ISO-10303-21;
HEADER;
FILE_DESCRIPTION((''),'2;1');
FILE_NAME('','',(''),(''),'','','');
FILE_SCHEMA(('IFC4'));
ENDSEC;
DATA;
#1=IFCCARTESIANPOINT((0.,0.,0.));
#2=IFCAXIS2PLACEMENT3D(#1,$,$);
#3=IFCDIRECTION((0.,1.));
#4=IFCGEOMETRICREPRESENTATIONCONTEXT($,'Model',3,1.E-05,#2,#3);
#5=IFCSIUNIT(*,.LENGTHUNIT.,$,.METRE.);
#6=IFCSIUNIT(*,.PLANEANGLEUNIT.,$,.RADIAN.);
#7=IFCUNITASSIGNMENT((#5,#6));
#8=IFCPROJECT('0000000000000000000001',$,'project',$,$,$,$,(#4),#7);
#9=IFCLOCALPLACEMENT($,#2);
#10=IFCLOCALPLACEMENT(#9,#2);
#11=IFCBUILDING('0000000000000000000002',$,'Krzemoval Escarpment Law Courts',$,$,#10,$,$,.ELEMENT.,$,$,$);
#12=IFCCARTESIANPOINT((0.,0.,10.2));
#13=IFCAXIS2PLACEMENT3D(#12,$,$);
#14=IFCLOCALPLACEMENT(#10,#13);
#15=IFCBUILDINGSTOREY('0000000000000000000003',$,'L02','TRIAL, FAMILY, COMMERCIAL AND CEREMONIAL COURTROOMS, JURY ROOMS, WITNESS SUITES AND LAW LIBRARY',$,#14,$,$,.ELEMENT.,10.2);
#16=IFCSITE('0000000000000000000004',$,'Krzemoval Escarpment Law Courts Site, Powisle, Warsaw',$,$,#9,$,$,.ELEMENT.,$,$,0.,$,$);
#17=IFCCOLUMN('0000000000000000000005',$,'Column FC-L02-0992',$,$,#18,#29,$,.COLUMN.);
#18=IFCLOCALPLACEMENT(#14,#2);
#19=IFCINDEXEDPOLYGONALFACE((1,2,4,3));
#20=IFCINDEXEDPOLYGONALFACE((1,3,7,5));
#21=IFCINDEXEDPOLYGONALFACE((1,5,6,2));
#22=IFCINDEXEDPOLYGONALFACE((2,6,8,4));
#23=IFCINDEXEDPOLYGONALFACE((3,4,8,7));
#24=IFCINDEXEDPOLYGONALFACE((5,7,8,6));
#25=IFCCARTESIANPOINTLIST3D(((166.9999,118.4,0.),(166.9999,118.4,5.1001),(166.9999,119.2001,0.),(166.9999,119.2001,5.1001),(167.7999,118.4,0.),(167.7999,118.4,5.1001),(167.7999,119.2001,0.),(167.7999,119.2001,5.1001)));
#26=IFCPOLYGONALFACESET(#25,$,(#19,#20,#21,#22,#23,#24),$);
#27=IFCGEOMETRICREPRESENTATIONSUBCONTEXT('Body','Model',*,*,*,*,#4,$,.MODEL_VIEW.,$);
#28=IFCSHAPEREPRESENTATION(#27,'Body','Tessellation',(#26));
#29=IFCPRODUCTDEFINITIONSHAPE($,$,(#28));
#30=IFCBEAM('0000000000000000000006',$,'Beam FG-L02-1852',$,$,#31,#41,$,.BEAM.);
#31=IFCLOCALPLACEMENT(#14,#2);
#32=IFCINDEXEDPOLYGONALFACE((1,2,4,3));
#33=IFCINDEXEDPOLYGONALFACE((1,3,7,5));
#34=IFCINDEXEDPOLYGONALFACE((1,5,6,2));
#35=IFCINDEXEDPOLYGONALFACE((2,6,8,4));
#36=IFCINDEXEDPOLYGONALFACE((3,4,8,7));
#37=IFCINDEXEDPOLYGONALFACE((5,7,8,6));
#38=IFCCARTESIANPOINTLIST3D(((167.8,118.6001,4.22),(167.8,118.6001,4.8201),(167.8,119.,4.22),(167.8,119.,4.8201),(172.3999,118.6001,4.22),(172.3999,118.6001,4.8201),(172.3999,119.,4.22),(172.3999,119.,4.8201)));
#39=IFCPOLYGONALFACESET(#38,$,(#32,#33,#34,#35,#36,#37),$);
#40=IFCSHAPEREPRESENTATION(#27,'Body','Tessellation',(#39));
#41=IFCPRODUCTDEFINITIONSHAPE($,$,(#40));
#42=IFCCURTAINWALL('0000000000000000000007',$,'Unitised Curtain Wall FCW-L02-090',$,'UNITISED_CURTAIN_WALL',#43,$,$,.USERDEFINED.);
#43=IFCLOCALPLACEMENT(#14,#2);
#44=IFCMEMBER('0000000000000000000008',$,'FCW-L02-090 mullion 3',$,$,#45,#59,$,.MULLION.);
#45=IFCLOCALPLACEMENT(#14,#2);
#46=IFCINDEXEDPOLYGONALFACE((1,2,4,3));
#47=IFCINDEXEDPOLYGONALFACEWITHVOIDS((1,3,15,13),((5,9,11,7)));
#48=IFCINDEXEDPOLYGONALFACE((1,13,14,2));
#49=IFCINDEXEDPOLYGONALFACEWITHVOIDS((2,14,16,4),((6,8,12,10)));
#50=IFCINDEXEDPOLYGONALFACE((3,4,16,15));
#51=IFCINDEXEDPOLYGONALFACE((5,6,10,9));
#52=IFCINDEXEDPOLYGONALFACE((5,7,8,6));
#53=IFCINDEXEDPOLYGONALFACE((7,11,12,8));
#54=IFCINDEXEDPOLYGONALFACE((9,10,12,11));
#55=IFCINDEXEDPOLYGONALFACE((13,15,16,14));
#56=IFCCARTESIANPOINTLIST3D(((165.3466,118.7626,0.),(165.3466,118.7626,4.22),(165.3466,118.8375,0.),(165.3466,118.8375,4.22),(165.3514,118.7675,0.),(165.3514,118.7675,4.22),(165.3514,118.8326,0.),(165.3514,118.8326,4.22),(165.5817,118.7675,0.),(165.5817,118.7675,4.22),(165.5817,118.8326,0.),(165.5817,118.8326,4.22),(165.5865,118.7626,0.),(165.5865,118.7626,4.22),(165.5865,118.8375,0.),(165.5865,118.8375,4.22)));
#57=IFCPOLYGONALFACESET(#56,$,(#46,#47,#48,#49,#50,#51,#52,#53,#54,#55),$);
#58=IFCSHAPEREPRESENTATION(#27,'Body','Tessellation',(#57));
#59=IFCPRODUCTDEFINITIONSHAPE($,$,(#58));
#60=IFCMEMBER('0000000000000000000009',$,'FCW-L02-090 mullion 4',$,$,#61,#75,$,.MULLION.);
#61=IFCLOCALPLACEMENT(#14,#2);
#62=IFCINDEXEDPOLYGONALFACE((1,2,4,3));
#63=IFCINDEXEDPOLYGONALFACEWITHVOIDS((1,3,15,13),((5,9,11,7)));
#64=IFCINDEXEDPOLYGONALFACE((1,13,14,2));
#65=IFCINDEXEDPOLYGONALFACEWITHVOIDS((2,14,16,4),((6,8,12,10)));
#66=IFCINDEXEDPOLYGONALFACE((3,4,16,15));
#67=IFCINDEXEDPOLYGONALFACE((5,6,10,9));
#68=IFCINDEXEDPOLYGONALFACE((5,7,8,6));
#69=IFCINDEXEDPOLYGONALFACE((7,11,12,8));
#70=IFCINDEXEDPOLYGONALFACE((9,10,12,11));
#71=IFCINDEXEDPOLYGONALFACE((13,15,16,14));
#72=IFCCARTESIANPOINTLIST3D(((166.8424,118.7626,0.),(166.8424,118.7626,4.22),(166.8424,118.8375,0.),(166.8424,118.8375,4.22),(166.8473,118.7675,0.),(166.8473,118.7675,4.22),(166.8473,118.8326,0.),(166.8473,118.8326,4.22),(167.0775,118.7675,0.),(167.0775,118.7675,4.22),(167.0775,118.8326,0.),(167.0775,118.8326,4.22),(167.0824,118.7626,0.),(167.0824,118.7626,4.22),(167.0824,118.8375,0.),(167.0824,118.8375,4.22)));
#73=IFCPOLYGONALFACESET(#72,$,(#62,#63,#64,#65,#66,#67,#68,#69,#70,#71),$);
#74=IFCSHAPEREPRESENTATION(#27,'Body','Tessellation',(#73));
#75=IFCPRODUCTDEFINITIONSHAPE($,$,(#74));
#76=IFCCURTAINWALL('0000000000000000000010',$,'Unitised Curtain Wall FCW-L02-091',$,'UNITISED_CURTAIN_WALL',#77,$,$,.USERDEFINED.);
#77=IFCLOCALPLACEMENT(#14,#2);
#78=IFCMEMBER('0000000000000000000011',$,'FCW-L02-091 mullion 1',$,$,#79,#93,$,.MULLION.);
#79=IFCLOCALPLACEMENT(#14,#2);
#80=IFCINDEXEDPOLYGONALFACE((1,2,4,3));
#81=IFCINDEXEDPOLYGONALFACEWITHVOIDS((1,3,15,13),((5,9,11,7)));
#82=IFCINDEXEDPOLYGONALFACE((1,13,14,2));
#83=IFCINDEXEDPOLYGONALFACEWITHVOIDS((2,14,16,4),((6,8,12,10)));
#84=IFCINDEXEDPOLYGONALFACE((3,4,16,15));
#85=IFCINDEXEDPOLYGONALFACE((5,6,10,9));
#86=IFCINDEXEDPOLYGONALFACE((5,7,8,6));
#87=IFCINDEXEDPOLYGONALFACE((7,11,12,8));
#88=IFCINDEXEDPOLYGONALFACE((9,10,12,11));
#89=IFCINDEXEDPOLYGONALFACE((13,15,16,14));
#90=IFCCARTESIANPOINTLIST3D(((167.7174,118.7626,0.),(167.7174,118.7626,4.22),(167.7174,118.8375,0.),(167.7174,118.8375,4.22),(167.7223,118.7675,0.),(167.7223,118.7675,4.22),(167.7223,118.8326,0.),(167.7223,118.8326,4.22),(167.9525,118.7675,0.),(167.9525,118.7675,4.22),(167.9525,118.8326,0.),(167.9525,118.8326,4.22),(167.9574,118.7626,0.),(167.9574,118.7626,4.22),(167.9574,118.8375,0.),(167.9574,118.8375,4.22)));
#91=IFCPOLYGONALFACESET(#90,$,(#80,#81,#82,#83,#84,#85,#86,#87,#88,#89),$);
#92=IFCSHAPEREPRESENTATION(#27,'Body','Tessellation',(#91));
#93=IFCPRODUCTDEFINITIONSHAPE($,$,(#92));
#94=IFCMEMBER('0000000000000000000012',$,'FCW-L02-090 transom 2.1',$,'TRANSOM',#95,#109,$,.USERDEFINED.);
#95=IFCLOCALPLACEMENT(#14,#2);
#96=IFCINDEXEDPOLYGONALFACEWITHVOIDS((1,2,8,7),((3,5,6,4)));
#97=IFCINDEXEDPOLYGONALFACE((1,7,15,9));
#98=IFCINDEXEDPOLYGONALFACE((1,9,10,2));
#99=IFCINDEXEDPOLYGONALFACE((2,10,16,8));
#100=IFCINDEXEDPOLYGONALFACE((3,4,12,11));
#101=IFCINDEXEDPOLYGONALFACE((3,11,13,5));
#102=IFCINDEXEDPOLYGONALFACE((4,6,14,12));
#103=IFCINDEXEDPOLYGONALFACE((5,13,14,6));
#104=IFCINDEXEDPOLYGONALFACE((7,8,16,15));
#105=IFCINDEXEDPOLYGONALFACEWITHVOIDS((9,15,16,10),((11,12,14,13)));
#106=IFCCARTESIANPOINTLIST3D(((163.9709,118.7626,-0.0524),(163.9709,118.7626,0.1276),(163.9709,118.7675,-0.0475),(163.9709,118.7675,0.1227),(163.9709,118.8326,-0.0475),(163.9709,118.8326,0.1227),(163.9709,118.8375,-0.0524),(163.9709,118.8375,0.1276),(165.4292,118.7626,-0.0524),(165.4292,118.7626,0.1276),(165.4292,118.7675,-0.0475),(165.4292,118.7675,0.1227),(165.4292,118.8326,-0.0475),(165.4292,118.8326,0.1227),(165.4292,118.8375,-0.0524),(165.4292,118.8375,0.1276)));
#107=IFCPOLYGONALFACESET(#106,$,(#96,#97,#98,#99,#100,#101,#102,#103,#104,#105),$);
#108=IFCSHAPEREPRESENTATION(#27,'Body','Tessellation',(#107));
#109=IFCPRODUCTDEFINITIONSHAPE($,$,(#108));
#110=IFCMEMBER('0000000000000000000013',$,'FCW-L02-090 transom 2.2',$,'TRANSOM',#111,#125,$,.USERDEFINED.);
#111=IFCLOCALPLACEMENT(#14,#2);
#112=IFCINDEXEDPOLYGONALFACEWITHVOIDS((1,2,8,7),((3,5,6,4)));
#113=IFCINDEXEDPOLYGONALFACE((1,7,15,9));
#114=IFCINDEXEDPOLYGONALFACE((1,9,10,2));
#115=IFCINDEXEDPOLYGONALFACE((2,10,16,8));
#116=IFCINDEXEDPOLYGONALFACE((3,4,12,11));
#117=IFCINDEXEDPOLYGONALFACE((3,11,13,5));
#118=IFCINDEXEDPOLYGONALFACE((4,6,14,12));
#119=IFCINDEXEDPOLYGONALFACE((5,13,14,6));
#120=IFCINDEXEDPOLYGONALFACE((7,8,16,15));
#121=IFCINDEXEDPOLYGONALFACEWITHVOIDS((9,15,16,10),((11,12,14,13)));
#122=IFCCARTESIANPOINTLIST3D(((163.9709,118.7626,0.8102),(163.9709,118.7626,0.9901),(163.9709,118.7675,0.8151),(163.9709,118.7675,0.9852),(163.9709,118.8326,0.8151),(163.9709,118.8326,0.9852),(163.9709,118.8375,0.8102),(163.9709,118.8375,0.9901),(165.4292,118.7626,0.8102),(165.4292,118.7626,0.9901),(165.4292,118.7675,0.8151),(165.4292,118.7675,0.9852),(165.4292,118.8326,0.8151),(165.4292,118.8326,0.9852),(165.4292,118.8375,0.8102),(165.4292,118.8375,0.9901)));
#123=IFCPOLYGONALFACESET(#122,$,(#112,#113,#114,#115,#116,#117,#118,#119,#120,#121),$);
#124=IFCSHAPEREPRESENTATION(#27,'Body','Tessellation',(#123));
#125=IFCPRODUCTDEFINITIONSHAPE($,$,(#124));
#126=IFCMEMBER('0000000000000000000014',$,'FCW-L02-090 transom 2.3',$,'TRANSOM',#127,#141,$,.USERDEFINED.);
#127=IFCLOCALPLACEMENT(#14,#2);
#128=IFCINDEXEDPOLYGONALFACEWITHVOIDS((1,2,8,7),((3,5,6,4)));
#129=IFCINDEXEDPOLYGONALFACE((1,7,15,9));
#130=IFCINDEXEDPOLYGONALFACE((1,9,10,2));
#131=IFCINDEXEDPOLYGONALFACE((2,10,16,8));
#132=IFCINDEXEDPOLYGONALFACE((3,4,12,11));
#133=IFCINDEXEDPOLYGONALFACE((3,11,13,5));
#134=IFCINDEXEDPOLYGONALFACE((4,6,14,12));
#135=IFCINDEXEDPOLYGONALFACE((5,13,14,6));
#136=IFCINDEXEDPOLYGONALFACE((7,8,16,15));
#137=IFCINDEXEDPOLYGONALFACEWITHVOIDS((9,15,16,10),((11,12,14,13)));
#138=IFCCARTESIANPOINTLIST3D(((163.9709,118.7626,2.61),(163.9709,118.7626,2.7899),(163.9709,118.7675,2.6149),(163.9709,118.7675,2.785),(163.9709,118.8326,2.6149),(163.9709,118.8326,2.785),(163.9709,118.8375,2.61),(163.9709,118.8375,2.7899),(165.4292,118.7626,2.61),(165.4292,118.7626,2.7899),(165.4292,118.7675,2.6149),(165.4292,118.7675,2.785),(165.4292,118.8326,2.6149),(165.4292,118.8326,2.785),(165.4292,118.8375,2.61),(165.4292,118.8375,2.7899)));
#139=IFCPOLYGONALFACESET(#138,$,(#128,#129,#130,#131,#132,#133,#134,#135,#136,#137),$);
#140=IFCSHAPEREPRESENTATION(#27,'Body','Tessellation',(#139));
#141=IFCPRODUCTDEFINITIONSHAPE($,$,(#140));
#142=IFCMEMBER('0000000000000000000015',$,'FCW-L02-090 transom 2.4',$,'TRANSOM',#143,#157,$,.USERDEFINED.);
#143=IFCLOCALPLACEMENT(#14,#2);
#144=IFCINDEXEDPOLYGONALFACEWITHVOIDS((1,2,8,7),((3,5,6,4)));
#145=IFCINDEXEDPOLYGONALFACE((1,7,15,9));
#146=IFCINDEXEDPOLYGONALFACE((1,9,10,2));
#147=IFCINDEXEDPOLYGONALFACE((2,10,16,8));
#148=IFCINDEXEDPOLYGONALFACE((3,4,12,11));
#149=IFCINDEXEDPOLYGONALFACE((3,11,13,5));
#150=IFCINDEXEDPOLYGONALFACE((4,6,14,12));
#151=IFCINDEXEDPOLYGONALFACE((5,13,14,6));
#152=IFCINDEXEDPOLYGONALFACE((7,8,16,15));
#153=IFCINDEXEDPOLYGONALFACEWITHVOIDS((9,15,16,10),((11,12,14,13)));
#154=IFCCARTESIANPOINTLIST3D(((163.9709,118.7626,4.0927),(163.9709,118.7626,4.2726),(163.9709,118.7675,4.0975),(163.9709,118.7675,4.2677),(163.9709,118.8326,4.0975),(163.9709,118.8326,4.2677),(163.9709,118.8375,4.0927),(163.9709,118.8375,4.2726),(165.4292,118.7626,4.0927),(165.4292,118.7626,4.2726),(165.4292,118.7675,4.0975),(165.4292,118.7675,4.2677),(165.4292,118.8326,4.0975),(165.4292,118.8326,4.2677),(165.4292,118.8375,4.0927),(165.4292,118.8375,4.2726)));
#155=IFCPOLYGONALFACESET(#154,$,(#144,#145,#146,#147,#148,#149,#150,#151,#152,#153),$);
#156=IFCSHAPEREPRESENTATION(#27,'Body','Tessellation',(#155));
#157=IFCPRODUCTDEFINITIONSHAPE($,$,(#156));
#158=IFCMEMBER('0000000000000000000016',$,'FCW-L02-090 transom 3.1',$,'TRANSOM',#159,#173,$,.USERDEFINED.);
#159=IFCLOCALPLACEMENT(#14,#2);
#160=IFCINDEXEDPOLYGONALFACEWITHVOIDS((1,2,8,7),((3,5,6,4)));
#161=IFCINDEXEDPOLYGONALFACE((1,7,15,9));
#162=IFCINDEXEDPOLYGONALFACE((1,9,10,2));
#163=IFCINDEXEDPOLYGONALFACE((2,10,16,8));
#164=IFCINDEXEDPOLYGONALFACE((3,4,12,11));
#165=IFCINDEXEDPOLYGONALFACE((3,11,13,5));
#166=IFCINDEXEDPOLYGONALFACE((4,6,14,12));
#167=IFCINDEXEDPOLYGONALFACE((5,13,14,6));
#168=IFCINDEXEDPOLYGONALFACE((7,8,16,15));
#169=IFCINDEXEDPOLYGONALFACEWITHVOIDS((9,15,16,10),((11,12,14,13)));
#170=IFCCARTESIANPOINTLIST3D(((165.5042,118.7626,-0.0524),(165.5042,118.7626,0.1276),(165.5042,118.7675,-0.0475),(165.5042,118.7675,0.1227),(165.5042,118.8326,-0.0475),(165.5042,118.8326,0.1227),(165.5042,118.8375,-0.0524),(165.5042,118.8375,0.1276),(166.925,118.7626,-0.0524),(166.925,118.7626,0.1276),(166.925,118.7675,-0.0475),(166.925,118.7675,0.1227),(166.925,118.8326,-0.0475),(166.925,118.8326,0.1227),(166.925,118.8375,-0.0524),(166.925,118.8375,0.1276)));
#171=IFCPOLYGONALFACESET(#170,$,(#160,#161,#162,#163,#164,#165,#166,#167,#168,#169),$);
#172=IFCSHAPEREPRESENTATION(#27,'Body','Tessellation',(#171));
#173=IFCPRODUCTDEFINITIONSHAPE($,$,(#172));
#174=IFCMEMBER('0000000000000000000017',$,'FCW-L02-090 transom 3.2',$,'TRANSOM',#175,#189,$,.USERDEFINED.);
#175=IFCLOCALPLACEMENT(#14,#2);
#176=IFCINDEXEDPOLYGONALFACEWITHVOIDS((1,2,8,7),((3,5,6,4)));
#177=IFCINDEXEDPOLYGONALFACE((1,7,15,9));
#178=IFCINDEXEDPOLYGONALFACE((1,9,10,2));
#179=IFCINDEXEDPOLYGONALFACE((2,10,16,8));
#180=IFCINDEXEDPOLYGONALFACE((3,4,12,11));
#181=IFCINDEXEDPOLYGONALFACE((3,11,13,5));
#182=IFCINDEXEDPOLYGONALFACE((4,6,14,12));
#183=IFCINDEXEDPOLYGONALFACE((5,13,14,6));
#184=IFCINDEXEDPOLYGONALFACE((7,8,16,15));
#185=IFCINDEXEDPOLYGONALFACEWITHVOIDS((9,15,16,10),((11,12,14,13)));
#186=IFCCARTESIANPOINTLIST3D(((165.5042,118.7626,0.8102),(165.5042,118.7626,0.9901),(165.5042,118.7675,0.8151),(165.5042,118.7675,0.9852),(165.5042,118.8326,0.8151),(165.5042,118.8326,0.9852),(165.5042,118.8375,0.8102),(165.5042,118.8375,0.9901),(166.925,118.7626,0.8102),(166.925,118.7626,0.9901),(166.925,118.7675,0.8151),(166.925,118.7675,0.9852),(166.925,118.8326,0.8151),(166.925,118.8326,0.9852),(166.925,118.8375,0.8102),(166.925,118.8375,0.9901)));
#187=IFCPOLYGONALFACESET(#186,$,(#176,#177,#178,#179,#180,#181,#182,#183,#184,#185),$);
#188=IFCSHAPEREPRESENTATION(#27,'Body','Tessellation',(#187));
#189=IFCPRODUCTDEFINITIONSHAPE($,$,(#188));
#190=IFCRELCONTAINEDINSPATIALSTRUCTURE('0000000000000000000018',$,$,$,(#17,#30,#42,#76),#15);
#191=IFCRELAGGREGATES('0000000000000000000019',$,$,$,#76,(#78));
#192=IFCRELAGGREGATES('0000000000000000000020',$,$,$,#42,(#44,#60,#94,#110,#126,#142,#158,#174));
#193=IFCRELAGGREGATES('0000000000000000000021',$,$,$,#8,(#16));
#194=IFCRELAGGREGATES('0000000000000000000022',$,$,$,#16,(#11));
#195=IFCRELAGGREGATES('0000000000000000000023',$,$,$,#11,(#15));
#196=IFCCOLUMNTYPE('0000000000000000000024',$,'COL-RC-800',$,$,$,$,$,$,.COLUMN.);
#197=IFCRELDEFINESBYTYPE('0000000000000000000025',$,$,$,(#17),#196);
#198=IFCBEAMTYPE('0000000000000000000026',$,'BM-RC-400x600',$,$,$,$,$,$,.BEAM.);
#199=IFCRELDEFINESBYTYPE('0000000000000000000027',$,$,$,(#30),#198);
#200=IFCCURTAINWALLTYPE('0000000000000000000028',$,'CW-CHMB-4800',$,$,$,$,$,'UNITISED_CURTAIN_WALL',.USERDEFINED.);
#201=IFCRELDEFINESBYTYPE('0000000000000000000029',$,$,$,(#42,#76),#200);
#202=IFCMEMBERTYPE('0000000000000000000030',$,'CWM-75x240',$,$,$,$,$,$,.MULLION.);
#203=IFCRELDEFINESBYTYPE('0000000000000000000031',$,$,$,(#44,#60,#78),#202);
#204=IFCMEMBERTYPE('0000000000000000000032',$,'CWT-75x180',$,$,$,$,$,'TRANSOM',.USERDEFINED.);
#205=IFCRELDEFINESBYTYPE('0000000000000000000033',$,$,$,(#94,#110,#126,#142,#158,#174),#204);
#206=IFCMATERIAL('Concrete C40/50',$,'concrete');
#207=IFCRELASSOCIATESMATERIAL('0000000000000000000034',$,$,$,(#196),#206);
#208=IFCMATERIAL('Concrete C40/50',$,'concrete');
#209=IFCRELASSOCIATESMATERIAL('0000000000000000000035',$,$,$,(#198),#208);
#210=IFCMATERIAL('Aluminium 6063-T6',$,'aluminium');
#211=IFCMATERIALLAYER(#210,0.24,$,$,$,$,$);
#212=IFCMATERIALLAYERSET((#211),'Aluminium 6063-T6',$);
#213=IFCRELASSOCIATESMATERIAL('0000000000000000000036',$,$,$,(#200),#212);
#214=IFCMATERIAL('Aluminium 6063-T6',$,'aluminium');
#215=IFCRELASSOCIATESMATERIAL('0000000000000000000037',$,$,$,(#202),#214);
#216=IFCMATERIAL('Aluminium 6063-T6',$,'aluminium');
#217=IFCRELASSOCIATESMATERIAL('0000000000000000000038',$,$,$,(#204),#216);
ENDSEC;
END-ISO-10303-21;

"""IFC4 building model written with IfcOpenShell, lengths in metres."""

from ifc_helpers import new_model, si_unit, direction, frame, origin, origin_2d, place, context, subcontext, project, spatial, rectangle, hollow_rectangle, extrude, material, layer, layer_set, material_profile, profile_set, type_object, element, aggregate, save


model = new_model("IFC4")

# Units and contexts
model_context = context("Model", 3, precision=1e-05, world=origin(), true_north=direction((0.0, 1.0)))
body_context = subcontext(model_context, "Body", "Model", "MODEL_VIEW")
ifc_project = project(units=[si_unit("LENGTHUNIT", "METRE"), si_unit("PLANEANGLEUNIT", "RADIAN")], contexts=[model_context])

# Site, building, storey
site_placement = place(None, origin())
site = spatial("IfcSite", under=ifc_project, at=site_placement, Name="Krzemoval Escarpment Law Courts Site, Powisle, Warsaw", CompositionType="ELEMENT", RefElevation=0.0)
building_placement = place(site_placement, origin())
building = spatial("IfcBuilding", under=site, at=building_placement, Name="Krzemoval Escarpment Law Courts", CompositionType="ELEMENT")
storey_placement = place(building_placement, frame((0.0, 0.0, 10.2)))
storey = spatial("IfcBuildingStorey", under=building, at=storey_placement, Name="L02", Description="TRIAL, FAMILY, COMMERCIAL AND CEREMONIAL COURTROOMS, JURY ROOMS, WITNESS SUITES AND LAW LIBRARY", CompositionType="ELEMENT", Elevation=10.2)

# Column
ifc_material_1 = material(Name="Concrete C40/50", Category="concrete")
ifc_material_profile_1 = material_profile(ifc_material_1, rectangle(XDim=0.8, YDim=0.8, at=origin_2d()), Name="RC 800x800")
ifc_profile_set_1 = profile_set([ifc_material_profile_1], Name="Concrete C40/50")
column_type = type_object("IfcColumnType", Name="COL-RC-800", PredefinedType="COLUMN", material=ifc_profile_set_1)
column_placement = place(storey_placement, frame((167.3999, 118.8, 0.0), z_axis=(0.0, 0.0, 1.0), x_axis=(1.0, 0.0, 0.0)))
element("IfcColumn", 1, at=column_placement, inside=storey, type_object=column_type, Name="Column FC-L02-0992", PredefinedType="COLUMN", context=body_context, shape_type="SweptSolid", body=[
    extrude(rectangle(XDim=0.8, YDim=0.8, at=origin_2d()), origin(), (0.0, 0.0, 1.0), 5.1001),
])

# Beam
ifc_material_2 = material(Name="Concrete C40/50", Category="concrete")
ifc_material_profile_2 = material_profile(ifc_material_2, rectangle(XDim=0.3999, YDim=0.6001, at=origin_2d()), Name="RCB 400x600")
ifc_profile_set_2 = profile_set([ifc_material_profile_2], Name="Concrete C40/50")
beam_type = type_object("IfcBeamType", Name="BM-RC-400x600", PredefinedType="BEAM", material=ifc_profile_set_2)
beam_placement = place(storey_placement, frame((167.8, 118.8, 4.52), z_axis=(1.0, 0.0, 0.0), x_axis=(0.0, 1.0, 0.0)))
element("IfcBeam", 2, at=beam_placement, inside=storey, type_object=beam_type, Name="Beam FG-L02-1852", PredefinedType="BEAM", context=body_context, shape_type="SweptSolid", body=[
    extrude(rectangle(XDim=0.3999, YDim=0.6001, at=origin_2d()), origin(), (0.0, 0.0, 1.0), 4.5999),
])

# Curtain wall, members
ifc_material_3 = material(Name="Aluminium 6063-T6", Category="aluminium")
ifc_layer_1 = layer(ifc_material_3, 0.24)
ifc_layer_set_1 = layer_set([ifc_layer_1], Name="Aluminium 6063-T6")
curtain_wall_type = type_object("IfcCurtainWallType", Name="CW-CHMB-4800", ElementType="UNITISED_CURTAIN_WALL", PredefinedType="USERDEFINED", material=ifc_layer_set_1)
curtain_wall_1_placement = place(storey_placement, origin())
curtain_wall_1 = element("IfcCurtainWall", 3, at=curtain_wall_1_placement, inside=storey, type_object=curtain_wall_type, Name="Unitised Curtain Wall FCW-L02-090", ObjectType="UNITISED_CURTAIN_WALL", PredefinedType="USERDEFINED")
ifc_material_4 = material(Name="Aluminium 6063-T6", Category="aluminium")
ifc_material_profile_3 = material_profile(ifc_material_4, hollow_rectangle(XDim=0.075, YDim=0.24, WallThickness=0.0049, at=origin_2d()), Name="ALU M75x240")
ifc_profile_set_3 = profile_set([ifc_material_profile_3], Name="Aluminium 6063-T6")
member_type_1 = type_object("IfcMemberType", Name="CWM-75x240", PredefinedType="MULLION", material=ifc_profile_set_3)
member_1_placement = place(storey_placement, frame((165.4666, 118.8, 0.0), z_axis=(0.0, 0.0, 1.0), x_axis=(0.0, 1.0, 0.0)))
member_1 = element("IfcMember", 4, at=member_1_placement, type_object=member_type_1, Name="FCW-L02-090 mullion 3", PredefinedType="MULLION", context=body_context, shape_type="SweptSolid", body=[
    extrude(hollow_rectangle(XDim=0.075, YDim=0.24, WallThickness=0.0049, at=origin_2d()), origin(), (0.0, 0.0, 1.0), 4.22),
])
member_2_placement = place(storey_placement, frame((166.9624, 118.8, 0.0), z_axis=(0.0, 0.0, 1.0), x_axis=(0.0, 1.0, 0.0)))
member_2 = element("IfcMember", 5, at=member_2_placement, type_object=member_type_1, Name="FCW-L02-090 mullion 4", PredefinedType="MULLION", context=body_context, shape_type="SweptSolid", body=[
    extrude(hollow_rectangle(XDim=0.075, YDim=0.24, WallThickness=0.0049, at=origin_2d()), origin(), (0.0, 0.0, 1.0), 4.22),
])

# Curtain wall, member
curtain_wall_2_placement = place(storey_placement, origin())
curtain_wall_2 = element("IfcCurtainWall", 6, at=curtain_wall_2_placement, inside=storey, type_object=curtain_wall_type, Name="Unitised Curtain Wall FCW-L02-091", ObjectType="UNITISED_CURTAIN_WALL", PredefinedType="USERDEFINED")
member_3_placement = place(storey_placement, frame((167.8374, 118.8, 0.0), z_axis=(0.0, 0.0, 1.0), x_axis=(0.0, 1.0, 0.0)))
member_3 = element("IfcMember", 7, at=member_3_placement, type_object=member_type_1, Name="FCW-L02-091 mullion 1", PredefinedType="MULLION", context=body_context, shape_type="SweptSolid", body=[
    extrude(hollow_rectangle(XDim=0.075, YDim=0.24, WallThickness=0.0049, at=origin_2d()), origin(), (0.0, 0.0, 1.0), 4.22),
])

# Members
ifc_material_5 = material(Name="Aluminium 6063-T6", Category="aluminium")
ifc_material_profile_4 = material_profile(ifc_material_5, hollow_rectangle(XDim=0.075, YDim=0.1799, WallThickness=0.0049, at=origin_2d()), Name="ALU T75x180")
ifc_profile_set_4 = profile_set([ifc_material_profile_4], Name="Aluminium 6063-T6")
member_type_2 = type_object("IfcMemberType", Name="CWT-75x180", ElementType="TRANSOM", PredefinedType="USERDEFINED", material=ifc_profile_set_4)
member_4_placement = place(storey_placement, frame((163.9709, 118.8, 0.0376), z_axis=(1.0, 0.0, 0.0), x_axis=(0.0, 1.0, 0.0)))
member_4 = element("IfcMember", 8, at=member_4_placement, type_object=member_type_2, Name="FCW-L02-090 transom 2.1", ObjectType="TRANSOM", PredefinedType="USERDEFINED", context=body_context, shape_type="SweptSolid", body=[
    extrude(hollow_rectangle(XDim=0.075, YDim=0.1799, WallThickness=0.0049, at=origin_2d()), origin(), (0.0, 0.0, 1.0), 1.4583),
])
member_5_placement = place(storey_placement, frame((163.9709, 118.8, 0.9001), z_axis=(1.0, 0.0, 0.0), x_axis=(0.0, 1.0, 0.0)))
member_5 = element("IfcMember", 9, at=member_5_placement, type_object=member_type_2, Name="FCW-L02-090 transom 2.2", ObjectType="TRANSOM", PredefinedType="USERDEFINED", context=body_context, shape_type="SweptSolid", body=[
    extrude(hollow_rectangle(XDim=0.075, YDim=0.1799, WallThickness=0.0049, at=origin_2d()), origin(), (0.0, 0.0, 1.0), 1.4583),
])
member_6_placement = place(storey_placement, frame((163.9709, 118.8, 2.7), z_axis=(1.0, 0.0, 0.0), x_axis=(0.0, 1.0, 0.0)))
member_6 = element("IfcMember", 10, at=member_6_placement, type_object=member_type_2, Name="FCW-L02-090 transom 2.3", ObjectType="TRANSOM", PredefinedType="USERDEFINED", context=body_context, shape_type="SweptSolid", body=[
    extrude(hollow_rectangle(XDim=0.075, YDim=0.1799, WallThickness=0.0049, at=origin_2d()), origin(), (0.0, 0.0, 1.0), 1.4583),
])
member_7_placement = place(storey_placement, frame((163.9709, 118.8, 4.1826), z_axis=(1.0, 0.0, 0.0), x_axis=(0.0, 1.0, 0.0)))
member_7 = element("IfcMember", 11, at=member_7_placement, type_object=member_type_2, Name="FCW-L02-090 transom 2.4", ObjectType="TRANSOM", PredefinedType="USERDEFINED", context=body_context, shape_type="SweptSolid", body=[
    extrude(hollow_rectangle(XDim=0.075, YDim=0.1799, WallThickness=0.0049, at=origin_2d()), origin(), (0.0, 0.0, 1.0), 1.4583),
])
member_8_placement = place(storey_placement, frame((165.5042, 118.8, 0.0376), z_axis=(1.0, 0.0, 0.0), x_axis=(0.0, 1.0, 0.0)))
member_8 = element("IfcMember", 12, at=member_8_placement, type_object=member_type_2, Name="FCW-L02-090 transom 3.1", ObjectType="TRANSOM", PredefinedType="USERDEFINED", context=body_context, shape_type="SweptSolid", body=[
    extrude(hollow_rectangle(XDim=0.075, YDim=0.1799, WallThickness=0.0049, at=origin_2d()), origin(), (0.0, 0.0, 1.0), 1.4209),
])
member_9_placement = place(storey_placement, frame((165.5042, 118.8, 0.9001), z_axis=(1.0, 0.0, 0.0), x_axis=(0.0, 1.0, 0.0)))
member_9 = element("IfcMember", 13, at=member_9_placement, type_object=member_type_2, Name="FCW-L02-090 transom 3.2", ObjectType="TRANSOM", PredefinedType="USERDEFINED", context=body_context, shape_type="SweptSolid", body=[
    extrude(hollow_rectangle(XDim=0.075, YDim=0.1799, WallThickness=0.0049, at=origin_2d()), origin(), (0.0, 0.0, 1.0), 1.4209),
])
aggregate(curtain_wall_2, [member_3])

aggregate(curtain_wall_1, [member_1, member_2, member_4, member_5, member_6, member_7, member_8, member_9])

save(model, "model.ifc")
